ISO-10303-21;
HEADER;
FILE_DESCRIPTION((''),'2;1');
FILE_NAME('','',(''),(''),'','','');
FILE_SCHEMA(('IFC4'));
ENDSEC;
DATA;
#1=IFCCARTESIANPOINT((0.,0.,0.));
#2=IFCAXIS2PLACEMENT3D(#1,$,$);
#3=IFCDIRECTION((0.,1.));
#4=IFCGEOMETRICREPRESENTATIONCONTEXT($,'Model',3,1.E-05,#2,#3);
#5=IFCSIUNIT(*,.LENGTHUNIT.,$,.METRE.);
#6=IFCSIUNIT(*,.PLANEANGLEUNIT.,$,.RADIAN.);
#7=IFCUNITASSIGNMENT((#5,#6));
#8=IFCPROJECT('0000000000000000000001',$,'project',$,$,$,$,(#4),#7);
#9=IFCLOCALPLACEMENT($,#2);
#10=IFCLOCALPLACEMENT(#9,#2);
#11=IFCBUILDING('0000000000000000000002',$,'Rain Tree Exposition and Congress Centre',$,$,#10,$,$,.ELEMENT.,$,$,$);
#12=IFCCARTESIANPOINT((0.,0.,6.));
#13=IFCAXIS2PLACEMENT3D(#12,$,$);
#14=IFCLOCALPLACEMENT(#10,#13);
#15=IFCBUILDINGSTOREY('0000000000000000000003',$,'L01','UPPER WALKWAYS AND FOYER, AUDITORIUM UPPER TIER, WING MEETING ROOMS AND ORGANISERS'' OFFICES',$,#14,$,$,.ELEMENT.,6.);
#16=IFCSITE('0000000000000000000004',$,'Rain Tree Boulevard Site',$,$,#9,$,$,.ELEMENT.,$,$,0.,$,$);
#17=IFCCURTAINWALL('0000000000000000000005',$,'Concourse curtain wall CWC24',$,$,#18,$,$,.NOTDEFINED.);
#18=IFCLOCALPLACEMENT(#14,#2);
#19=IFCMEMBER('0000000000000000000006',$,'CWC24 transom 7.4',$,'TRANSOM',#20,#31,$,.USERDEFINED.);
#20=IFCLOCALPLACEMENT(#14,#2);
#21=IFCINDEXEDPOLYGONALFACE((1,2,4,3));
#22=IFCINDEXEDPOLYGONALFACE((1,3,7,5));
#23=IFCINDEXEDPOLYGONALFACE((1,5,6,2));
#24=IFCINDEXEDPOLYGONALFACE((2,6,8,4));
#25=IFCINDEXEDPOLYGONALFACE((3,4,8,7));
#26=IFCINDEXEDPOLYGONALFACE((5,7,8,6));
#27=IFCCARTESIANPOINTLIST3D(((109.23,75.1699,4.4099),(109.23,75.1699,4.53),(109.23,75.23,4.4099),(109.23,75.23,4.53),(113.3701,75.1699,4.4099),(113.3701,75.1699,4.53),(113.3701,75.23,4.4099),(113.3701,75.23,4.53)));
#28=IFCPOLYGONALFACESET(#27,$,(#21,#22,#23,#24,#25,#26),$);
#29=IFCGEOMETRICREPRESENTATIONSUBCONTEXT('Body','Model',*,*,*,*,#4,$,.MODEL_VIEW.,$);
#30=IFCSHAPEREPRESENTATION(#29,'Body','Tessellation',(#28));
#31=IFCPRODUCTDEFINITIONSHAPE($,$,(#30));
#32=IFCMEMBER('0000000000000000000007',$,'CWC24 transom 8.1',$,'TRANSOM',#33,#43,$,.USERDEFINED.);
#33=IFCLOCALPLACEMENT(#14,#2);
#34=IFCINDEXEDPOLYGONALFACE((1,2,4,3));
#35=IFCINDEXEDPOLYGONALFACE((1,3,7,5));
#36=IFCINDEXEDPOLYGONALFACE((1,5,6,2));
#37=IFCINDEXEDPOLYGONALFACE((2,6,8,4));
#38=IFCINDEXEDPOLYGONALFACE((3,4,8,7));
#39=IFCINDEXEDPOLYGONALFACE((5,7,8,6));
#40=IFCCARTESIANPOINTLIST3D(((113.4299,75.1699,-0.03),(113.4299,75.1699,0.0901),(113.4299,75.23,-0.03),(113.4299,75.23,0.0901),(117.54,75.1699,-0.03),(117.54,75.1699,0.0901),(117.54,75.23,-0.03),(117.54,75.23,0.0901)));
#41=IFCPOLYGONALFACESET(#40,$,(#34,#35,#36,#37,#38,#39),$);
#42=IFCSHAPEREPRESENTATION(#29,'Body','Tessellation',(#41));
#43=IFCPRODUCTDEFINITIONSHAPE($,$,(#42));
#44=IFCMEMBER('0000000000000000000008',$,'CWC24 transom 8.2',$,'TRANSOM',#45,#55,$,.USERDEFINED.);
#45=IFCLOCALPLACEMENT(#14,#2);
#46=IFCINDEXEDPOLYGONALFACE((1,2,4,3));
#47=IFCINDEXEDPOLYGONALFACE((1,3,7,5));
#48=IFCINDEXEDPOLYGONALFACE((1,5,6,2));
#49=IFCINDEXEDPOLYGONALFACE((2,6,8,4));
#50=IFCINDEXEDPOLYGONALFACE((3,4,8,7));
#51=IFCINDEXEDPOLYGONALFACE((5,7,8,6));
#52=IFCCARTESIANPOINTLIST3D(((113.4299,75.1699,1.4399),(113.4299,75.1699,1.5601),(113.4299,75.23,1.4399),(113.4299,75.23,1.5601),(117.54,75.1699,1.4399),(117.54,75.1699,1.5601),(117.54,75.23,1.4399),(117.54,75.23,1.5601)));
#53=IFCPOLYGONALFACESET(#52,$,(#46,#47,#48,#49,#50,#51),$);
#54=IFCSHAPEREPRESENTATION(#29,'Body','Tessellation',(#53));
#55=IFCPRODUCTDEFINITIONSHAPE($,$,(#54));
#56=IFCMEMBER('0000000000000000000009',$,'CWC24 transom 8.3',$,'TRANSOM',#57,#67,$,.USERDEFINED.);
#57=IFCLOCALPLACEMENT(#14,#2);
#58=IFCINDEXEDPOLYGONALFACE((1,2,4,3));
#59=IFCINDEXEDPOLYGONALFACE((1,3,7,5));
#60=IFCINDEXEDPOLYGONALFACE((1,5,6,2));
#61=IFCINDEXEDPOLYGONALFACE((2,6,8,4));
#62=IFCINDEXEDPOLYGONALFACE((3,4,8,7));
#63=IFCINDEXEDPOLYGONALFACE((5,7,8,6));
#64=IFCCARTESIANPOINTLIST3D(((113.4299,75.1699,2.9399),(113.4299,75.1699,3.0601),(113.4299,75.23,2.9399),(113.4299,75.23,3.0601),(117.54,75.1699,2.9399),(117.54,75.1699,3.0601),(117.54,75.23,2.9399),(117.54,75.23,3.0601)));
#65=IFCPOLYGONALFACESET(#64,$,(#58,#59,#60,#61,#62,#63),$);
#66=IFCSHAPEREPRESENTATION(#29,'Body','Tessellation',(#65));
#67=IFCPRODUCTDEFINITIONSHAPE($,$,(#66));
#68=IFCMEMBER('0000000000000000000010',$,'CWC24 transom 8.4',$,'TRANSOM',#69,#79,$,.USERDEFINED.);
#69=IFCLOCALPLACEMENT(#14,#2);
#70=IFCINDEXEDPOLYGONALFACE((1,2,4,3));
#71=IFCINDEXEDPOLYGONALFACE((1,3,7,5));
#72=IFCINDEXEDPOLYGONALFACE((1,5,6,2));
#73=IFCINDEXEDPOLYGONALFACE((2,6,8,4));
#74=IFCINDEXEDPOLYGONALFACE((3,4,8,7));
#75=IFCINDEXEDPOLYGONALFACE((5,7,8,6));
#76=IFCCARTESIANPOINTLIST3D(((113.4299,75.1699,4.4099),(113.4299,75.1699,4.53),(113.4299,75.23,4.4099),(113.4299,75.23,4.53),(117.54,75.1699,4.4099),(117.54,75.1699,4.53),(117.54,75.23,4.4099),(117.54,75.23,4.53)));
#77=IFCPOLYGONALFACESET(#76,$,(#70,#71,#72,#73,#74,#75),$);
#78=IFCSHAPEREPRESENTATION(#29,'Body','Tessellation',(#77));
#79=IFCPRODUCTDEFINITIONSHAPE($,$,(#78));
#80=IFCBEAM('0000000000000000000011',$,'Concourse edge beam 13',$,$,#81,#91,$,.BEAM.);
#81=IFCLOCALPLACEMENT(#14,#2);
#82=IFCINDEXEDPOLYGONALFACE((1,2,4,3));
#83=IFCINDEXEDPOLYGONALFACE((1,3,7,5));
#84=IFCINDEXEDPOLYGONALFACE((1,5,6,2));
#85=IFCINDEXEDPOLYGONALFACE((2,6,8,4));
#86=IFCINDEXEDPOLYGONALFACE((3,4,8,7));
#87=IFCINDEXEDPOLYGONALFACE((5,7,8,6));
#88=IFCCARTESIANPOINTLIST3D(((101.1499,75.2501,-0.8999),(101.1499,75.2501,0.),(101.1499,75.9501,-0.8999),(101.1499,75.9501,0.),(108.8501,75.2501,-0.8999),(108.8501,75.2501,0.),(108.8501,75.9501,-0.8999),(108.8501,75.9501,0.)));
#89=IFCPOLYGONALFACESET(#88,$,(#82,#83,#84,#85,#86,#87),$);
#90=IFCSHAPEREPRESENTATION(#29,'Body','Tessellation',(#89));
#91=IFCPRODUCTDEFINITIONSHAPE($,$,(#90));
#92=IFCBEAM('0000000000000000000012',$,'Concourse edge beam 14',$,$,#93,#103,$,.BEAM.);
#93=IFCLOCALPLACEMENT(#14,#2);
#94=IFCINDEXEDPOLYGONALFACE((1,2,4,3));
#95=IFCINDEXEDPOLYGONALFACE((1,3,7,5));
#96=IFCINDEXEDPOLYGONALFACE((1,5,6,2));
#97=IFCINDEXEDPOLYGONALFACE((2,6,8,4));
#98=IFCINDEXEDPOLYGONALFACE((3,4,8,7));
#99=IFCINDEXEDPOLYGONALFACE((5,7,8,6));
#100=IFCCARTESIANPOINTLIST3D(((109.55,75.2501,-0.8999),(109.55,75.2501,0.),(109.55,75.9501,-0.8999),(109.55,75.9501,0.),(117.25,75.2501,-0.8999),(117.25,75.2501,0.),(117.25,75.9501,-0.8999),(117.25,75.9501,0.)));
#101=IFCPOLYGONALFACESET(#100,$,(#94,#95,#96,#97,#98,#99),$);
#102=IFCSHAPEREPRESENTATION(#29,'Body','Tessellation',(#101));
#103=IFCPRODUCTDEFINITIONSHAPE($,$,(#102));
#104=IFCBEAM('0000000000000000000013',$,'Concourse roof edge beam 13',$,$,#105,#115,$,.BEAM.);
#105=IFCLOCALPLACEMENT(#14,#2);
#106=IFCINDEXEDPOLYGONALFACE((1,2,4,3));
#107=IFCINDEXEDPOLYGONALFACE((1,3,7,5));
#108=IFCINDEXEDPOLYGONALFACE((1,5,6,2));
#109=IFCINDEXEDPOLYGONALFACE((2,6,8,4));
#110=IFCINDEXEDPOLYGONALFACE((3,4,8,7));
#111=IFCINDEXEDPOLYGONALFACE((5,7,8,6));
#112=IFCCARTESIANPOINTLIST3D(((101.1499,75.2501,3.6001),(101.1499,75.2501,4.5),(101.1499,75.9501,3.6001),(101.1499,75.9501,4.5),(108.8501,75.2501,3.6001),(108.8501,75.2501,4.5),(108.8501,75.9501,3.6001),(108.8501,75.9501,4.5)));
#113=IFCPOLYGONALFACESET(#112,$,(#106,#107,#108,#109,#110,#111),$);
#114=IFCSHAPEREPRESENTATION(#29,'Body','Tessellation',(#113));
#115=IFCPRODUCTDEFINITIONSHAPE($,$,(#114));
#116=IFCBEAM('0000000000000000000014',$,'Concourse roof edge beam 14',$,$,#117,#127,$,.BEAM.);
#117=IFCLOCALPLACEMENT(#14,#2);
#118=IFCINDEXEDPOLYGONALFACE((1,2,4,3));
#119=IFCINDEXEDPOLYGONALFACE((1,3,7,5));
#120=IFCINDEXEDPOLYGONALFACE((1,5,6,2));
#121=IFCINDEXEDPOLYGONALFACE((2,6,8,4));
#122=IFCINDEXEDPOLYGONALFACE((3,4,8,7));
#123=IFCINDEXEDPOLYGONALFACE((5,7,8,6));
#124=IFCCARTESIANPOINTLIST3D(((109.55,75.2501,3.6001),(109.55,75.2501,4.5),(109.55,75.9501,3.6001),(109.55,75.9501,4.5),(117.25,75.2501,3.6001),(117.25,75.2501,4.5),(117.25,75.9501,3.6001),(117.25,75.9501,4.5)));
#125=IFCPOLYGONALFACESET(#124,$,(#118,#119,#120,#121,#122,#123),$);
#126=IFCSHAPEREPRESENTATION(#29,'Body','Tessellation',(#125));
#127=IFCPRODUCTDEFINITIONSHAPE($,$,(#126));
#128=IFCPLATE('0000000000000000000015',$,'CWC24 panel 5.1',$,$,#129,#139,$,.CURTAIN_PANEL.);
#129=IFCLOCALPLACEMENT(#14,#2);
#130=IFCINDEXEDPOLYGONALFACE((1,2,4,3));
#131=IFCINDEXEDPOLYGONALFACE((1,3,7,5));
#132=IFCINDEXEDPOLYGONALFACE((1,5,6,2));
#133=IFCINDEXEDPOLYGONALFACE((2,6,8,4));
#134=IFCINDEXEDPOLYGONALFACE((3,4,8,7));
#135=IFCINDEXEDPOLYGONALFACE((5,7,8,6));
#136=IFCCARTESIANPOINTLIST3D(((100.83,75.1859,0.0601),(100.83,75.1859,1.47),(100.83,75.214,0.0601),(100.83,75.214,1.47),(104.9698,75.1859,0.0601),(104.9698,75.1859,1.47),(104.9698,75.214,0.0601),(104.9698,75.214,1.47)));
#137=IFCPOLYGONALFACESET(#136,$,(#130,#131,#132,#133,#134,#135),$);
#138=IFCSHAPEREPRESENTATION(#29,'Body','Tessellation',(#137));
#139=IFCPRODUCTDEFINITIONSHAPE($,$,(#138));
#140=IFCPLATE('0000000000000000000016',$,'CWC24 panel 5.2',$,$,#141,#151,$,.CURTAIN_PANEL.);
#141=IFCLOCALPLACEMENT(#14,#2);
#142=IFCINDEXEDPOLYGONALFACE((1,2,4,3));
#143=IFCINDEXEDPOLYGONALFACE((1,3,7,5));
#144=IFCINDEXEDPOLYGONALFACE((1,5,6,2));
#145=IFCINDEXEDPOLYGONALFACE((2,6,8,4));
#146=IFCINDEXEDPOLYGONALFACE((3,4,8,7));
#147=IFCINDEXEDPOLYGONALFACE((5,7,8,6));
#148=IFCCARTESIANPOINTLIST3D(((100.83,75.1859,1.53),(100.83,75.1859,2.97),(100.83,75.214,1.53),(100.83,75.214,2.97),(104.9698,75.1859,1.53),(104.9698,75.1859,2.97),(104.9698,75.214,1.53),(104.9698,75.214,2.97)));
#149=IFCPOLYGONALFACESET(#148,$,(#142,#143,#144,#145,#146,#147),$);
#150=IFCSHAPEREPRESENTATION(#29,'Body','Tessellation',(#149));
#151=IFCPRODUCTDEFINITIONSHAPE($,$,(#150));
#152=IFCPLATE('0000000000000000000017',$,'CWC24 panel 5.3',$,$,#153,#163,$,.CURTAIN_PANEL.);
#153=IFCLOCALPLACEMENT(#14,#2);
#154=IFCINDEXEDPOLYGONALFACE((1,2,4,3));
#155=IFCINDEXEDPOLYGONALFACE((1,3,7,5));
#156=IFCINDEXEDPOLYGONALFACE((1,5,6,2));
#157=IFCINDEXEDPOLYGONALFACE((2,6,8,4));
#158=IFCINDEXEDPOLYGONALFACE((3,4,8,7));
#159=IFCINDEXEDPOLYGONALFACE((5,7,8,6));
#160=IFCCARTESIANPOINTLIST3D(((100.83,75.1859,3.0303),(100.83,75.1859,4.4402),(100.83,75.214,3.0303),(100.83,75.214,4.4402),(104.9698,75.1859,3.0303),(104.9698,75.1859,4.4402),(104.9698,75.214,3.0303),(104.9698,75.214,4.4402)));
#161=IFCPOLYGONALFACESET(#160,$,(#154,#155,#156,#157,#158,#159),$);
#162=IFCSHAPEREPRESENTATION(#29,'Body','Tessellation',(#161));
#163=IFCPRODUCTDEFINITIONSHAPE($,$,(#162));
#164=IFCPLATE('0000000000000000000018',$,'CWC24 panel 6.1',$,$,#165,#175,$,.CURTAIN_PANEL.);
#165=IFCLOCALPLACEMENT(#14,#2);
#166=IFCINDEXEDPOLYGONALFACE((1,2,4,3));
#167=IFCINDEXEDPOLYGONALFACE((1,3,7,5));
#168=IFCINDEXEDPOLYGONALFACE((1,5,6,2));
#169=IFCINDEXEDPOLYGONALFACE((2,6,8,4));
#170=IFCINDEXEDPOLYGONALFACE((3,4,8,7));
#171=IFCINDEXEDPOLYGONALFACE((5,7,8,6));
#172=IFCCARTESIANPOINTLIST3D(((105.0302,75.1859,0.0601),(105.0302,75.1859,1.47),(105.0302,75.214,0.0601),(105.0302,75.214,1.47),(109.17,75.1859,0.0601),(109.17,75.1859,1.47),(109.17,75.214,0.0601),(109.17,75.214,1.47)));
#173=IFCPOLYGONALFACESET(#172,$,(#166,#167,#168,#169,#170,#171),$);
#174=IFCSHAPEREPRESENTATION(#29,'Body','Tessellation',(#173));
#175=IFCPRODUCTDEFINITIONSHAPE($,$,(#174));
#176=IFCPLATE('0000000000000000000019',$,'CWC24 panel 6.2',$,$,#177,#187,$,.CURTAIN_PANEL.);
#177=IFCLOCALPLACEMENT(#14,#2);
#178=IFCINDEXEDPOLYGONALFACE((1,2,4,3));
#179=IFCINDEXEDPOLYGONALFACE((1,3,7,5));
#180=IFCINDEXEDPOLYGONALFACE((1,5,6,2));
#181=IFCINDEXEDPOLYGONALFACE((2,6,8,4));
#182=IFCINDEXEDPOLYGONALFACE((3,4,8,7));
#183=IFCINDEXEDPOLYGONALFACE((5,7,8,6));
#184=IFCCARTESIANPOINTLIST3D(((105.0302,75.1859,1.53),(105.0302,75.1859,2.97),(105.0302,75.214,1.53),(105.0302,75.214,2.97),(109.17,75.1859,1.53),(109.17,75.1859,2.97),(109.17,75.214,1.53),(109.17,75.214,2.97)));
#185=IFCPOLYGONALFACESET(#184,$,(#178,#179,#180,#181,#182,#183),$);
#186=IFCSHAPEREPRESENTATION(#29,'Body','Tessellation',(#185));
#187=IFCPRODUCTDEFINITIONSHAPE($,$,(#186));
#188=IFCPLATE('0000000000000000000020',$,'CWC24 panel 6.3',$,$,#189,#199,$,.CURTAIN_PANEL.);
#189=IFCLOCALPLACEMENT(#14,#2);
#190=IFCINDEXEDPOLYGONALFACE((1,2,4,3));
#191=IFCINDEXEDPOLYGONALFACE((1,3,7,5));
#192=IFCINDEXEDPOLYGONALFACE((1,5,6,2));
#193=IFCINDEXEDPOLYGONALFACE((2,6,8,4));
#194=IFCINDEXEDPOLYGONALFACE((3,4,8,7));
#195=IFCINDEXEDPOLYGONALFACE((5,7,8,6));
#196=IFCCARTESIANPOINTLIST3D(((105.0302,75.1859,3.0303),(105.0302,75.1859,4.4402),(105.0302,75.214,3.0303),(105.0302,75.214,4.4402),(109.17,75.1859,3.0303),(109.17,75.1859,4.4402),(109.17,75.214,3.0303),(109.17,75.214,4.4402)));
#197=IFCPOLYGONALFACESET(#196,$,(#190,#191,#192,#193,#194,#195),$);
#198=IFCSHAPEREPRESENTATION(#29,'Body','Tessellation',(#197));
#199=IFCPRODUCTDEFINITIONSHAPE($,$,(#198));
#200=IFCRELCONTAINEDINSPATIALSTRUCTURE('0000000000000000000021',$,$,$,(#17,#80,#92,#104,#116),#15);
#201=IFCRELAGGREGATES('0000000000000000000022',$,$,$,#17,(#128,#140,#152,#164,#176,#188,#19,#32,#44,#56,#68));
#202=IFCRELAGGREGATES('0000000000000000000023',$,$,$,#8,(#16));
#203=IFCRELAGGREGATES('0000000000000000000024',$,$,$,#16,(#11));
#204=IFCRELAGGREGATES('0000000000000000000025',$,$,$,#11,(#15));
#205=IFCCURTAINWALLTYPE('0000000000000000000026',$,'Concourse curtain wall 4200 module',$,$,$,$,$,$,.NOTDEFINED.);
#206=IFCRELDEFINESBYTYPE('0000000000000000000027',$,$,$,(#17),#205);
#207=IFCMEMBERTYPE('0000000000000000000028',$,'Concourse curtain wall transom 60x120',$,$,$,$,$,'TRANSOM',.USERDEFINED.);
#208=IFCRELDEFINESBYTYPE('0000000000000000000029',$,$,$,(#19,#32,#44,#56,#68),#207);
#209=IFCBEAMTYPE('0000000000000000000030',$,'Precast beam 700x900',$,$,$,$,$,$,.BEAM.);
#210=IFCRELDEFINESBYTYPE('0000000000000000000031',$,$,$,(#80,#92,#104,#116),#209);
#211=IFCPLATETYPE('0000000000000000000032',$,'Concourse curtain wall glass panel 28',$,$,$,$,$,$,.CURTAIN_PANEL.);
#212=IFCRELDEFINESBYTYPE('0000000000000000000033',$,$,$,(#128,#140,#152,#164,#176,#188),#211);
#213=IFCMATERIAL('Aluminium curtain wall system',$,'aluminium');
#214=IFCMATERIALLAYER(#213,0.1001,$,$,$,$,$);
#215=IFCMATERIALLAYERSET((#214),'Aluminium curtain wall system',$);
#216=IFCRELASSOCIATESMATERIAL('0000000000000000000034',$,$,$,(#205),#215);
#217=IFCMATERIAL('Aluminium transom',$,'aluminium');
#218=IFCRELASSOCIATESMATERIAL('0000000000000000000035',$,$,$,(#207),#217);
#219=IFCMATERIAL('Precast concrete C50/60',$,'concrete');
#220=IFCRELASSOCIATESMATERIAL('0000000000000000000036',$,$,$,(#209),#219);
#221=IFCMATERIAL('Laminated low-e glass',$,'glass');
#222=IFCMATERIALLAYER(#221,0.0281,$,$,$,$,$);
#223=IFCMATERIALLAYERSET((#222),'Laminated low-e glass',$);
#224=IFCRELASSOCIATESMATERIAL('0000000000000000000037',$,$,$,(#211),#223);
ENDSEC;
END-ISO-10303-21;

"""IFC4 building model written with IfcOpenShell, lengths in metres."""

from ifc_helpers import new_model, si_unit, direction, frame, origin, origin_2d, place, context, subcontext, project, spatial, rectangle, extrude, material, layer, layer_set, material_profile, profile_set, type_object, element, aggregate, save


model = new_model("IFC4")

# Units and contexts
model_context = context("Model", 3, precision=1e-05, world=origin(), true_north=direction((0.0, 1.0)))
body_context = subcontext(model_context, "Body", "Model", "MODEL_VIEW")
ifc_project = project(units=[si_unit("LENGTHUNIT", "METRE"), si_unit("PLANEANGLEUNIT", "RADIAN")], contexts=[model_context])

# Site, building, storey
site_placement = place(None, origin())
site = spatial("IfcSite", under=ifc_project, at=site_placement, Name="Rain Tree Boulevard Site", CompositionType="ELEMENT", RefElevation=0.0)
building_placement = place(site_placement, origin())
building = spatial("IfcBuilding", under=site, at=building_placement, Name="Rain Tree Exposition and Congress Centre", CompositionType="ELEMENT")
storey_placement = place(building_placement, frame((0.0, 0.0, 6.0)))
storey = spatial("IfcBuildingStorey", under=building, at=storey_placement, Name="L01", Description="UPPER WALKWAYS AND FOYER, AUDITORIUM UPPER TIER, WING MEETING ROOMS AND ORGANISERS' OFFICES", CompositionType="ELEMENT", Elevation=6.0)

# Curtain wall, members
ifc_material_1 = material(Name="Aluminium curtain wall system", Category="aluminium")
ifc_layer_1 = layer(ifc_material_1, 0.1001)
ifc_layer_set_1 = layer_set([ifc_layer_1], Name="Aluminium curtain wall system")
curtain_wall_type = type_object("IfcCurtainWallType", Name="Concourse curtain wall 4200 module", PredefinedType="NOTDEFINED", material=ifc_layer_set_1)
curtain_wall_placement = place(storey_placement, origin())
curtain_wall = element("IfcCurtainWall", 1, at=curtain_wall_placement, inside=storey, type_object=curtain_wall_type, Name="Concourse curtain wall CWC24", PredefinedType="NOTDEFINED")
ifc_material_2 = material(Name="Aluminium transom", Category="aluminium")
ifc_material_profile_1 = material_profile(ifc_material_2, rectangle(XDim=0.0601, YDim=0.1201, at=origin_2d()), Name="AL 60x120")
ifc_profile_set_1 = profile_set([ifc_material_profile_1], Name="Aluminium transom")
member_type_1 = type_object("IfcMemberType", Name="Concourse curtain wall transom 60x120", ElementType="TRANSOM", PredefinedType="USERDEFINED", material=ifc_profile_set_1)
member_1_placement = place(storey_placement, frame((109.23, 75.2, 4.47), z_axis=(1.0, 0.0, 0.0), x_axis=(0.0, 1.0, 0.0)))
member_1 = element("IfcMember", 2, at=member_1_placement, type_object=member_type_1, Name="CWC24 transom 7.4", ObjectType="TRANSOM", PredefinedType="USERDEFINED", context=body_context, shape_type="SweptSolid", body=[
    extrude(rectangle(XDim=0.0601, YDim=0.1201, at=origin_2d()), origin(), (0.0, 0.0, 1.0), 4.1401),
])
member_2_placement = place(storey_placement, frame((113.4299, 75.2, 0.03), z_axis=(1.0, 0.0, 0.0), x_axis=(0.0, 1.0, 0.0)))
member_2 = element("IfcMember", 3, at=member_2_placement, type_object=member_type_1, Name="CWC24 transom 8.1", ObjectType="TRANSOM", PredefinedType="USERDEFINED", context=body_context, shape_type="SweptSolid", body=[
    extrude(rectangle(XDim=0.0601, YDim=0.1201, at=origin_2d()), origin(), (0.0, 0.0, 1.0), 4.1101),
])
member_3_placement = place(storey_placement, frame((113.4299, 75.2, 1.5), z_axis=(1.0, 0.0, 0.0), x_axis=(0.0, 1.0, 0.0)))
member_3 = element("IfcMember", 4, at=member_3_placement, type_object=member_type_1, Name="CWC24 transom 8.2", ObjectType="TRANSOM", PredefinedType="USERDEFINED", context=body_context, shape_type="SweptSolid", body=[
    extrude(rectangle(XDim=0.0601, YDim=0.1201, at=origin_2d()), origin(), (0.0, 0.0, 1.0), 4.1101),
])
member_4_placement = place(storey_placement, frame((113.4299, 75.2, 3.0), z_axis=(1.0, 0.0, 0.0), x_axis=(0.0, 1.0, 0.0)))
member_4 = element("IfcMember", 5, at=member_4_placement, type_object=member_type_1, Name="CWC24 transom 8.3", ObjectType="TRANSOM", PredefinedType="USERDEFINED", context=body_context, shape_type="SweptSolid", body=[
    extrude(rectangle(XDim=0.0601, YDim=0.1201, at=origin_2d()), origin(), (0.0, 0.0, 1.0), 4.1101),
])
member_5_placement = place(storey_placement, frame((113.4299, 75.2, 4.47), z_axis=(1.0, 0.0, 0.0), x_axis=(0.0, 1.0, 0.0)))
member_5 = element("IfcMember", 6, at=member_5_placement, type_object=member_type_1, Name="CWC24 transom 8.4", ObjectType="TRANSOM", PredefinedType="USERDEFINED", context=body_context, shape_type="SweptSolid", body=[
    extrude(rectangle(XDim=0.0601, YDim=0.1201, at=origin_2d()), origin(), (0.0, 0.0, 1.0), 4.1101),
])

# Beams
ifc_material_3 = material(Name="Precast concrete C50/60", Category="concrete")
ifc_material_profile_2 = material_profile(ifc_material_3, rectangle(XDim=0.7, YDim=0.8999, at=origin_2d()), Name="RC 700x900")
ifc_profile_set_2 = profile_set([ifc_material_profile_2], Name="Precast concrete C50/60")
beam_type = type_object("IfcBeamType", Name="Precast beam 700x900", PredefinedType="BEAM", material=ifc_profile_set_2)
beam_1_placement = place(storey_placement, frame((101.1499, 75.6001, -0.45), z_axis=(1.0, 0.0, 0.0), x_axis=(0.0, 1.0, 0.0)))
element("IfcBeam", 7, at=beam_1_placement, inside=storey, type_object=beam_type, Name="Concourse edge beam 13", PredefinedType="BEAM", context=body_context, shape_type="SweptSolid", body=[
    extrude(rectangle(XDim=0.7, YDim=0.8999, at=origin_2d()), origin(), (0.0, 0.0, 1.0), 7.7002),
])
beam_2_placement = place(storey_placement, frame((109.55, 75.6001, -0.45), z_axis=(1.0, 0.0, 0.0), x_axis=(0.0, 1.0, 0.0)))
element("IfcBeam", 8, at=beam_2_placement, inside=storey, type_object=beam_type, Name="Concourse edge beam 14", PredefinedType="BEAM", context=body_context, shape_type="SweptSolid", body=[
    extrude(rectangle(XDim=0.7, YDim=0.8999, at=origin_2d()), origin(), (0.0, 0.0, 1.0), 7.7),
])
beam_3_placement = place(storey_placement, frame((101.1499, 75.6001, 4.05), z_axis=(1.0, 0.0, 0.0), x_axis=(0.0, 1.0, 0.0)))
element("IfcBeam", 9, at=beam_3_placement, inside=storey, type_object=beam_type, Name="Concourse roof edge beam 13", PredefinedType="BEAM", context=body_context, shape_type="SweptSolid", body=[
    extrude(rectangle(XDim=0.7, YDim=0.8999, at=origin_2d()), origin(), (0.0, 0.0, 1.0), 7.7002),
])
beam_4_placement = place(storey_placement, frame((109.55, 75.6001, 4.05), z_axis=(1.0, 0.0, 0.0), x_axis=(0.0, 1.0, 0.0)))
element("IfcBeam", 10, at=beam_4_placement, inside=storey, type_object=beam_type, Name="Concourse roof edge beam 14", PredefinedType="BEAM", context=body_context, shape_type="SweptSolid", body=[
    extrude(rectangle(XDim=0.7, YDim=0.8999, at=origin_2d()), origin(), (0.0, 0.0, 1.0), 7.7),
])

# Plates
ifc_material_4 = material(Name="Laminated low-e glass", Category="glass")
ifc_layer_2 = layer(ifc_material_4, 0.0281)
ifc_layer_set_2 = layer_set([ifc_layer_2], Name="Laminated low-e glass")
plate_type = type_object("IfcPlateType", Name="Concourse curtain wall glass panel 28", PredefinedType="CURTAIN_PANEL", material=ifc_layer_set_2)
plate_1_placement = place(storey_placement, frame((102.8999, 75.2, 0.0601), z_axis=(0.0, 0.0, 1.0), x_axis=(1.0, 0.0, 0.0)))
plate_1 = element("IfcPlate", 11, at=plate_1_placement, type_object=plate_type, Name="CWC24 panel 5.1", PredefinedType="CURTAIN_PANEL", context=body_context, shape_type="SweptSolid", body=[
    extrude(rectangle(XDim=4.1399, YDim=0.0281, at=origin_2d()), origin(), (0.0, 0.0, 1.0), 1.4099),
])
plate_2_placement = place(storey_placement, frame((102.8999, 75.2, 1.53), z_axis=(0.0, 0.0, 1.0), x_axis=(1.0, 0.0, 0.0)))
plate_2 = element("IfcPlate", 12, at=plate_2_placement, type_object=plate_type, Name="CWC24 panel 5.2", PredefinedType="CURTAIN_PANEL", context=body_context, shape_type="SweptSolid", body=[
    extrude(rectangle(XDim=4.1399, YDim=0.0281, at=origin_2d()), origin(), (0.0, 0.0, 1.0), 1.4399),
])
plate_3_placement = place(storey_placement, frame((102.8999, 75.2, 3.0303), z_axis=(0.0, 0.0, 1.0), x_axis=(1.0, 0.0, 0.0)))
plate_3 = element("IfcPlate", 13, at=plate_3_placement, type_object=plate_type, Name="CWC24 panel 5.3", PredefinedType="CURTAIN_PANEL", context=body_context, shape_type="SweptSolid", body=[
    extrude(rectangle(XDim=4.1399, YDim=0.0281, at=origin_2d()), origin(), (0.0, 0.0, 1.0), 1.4099),
])
plate_4_placement = place(storey_placement, frame((107.1001, 75.2, 0.0601), z_axis=(0.0, 0.0, 1.0), x_axis=(1.0, 0.0, 0.0)))
plate_4 = element("IfcPlate", 14, at=plate_4_placement, type_object=plate_type, Name="CWC24 panel 6.1", PredefinedType="CURTAIN_PANEL", context=body_context, shape_type="SweptSolid", body=[
    extrude(rectangle(XDim=4.1399, YDim=0.0281, at=origin_2d()), origin(), (0.0, 0.0, 1.0), 1.4099),
])
plate_5_placement = place(storey_placement, frame((107.1001, 75.2, 1.53), z_axis=(0.0, 0.0, 1.0), x_axis=(1.0, 0.0, 0.0)))
plate_5 = element("IfcPlate", 15, at=plate_5_placement, type_object=plate_type, Name="CWC24 panel 6.2", PredefinedType="CURTAIN_PANEL", context=body_context, shape_type="SweptSolid", body=[
    extrude(rectangle(XDim=4.1399, YDim=0.0281, at=origin_2d()), origin(), (0.0, 0.0, 1.0), 1.4399),
])
plate_6_placement = place(storey_placement, frame((107.1001, 75.2, 3.0303), z_axis=(0.0, 0.0, 1.0), x_axis=(1.0, 0.0, 0.0)))
plate_6 = element("IfcPlate", 16, at=plate_6_placement, type_object=plate_type, Name="CWC24 panel 6.3", PredefinedType="CURTAIN_PANEL", context=body_context, shape_type="SweptSolid", body=[
    extrude(rectangle(XDim=4.1399, YDim=0.0281, at=origin_2d()), origin(), (0.0, 0.0, 1.0), 1.4099),
])
aggregate(curtain_wall, [plate_1, plate_2, plate_3, plate_4, plate_5, plate_6, member_1, member_2, member_3, member_4, member_5])

save(model, "model.ifc")
